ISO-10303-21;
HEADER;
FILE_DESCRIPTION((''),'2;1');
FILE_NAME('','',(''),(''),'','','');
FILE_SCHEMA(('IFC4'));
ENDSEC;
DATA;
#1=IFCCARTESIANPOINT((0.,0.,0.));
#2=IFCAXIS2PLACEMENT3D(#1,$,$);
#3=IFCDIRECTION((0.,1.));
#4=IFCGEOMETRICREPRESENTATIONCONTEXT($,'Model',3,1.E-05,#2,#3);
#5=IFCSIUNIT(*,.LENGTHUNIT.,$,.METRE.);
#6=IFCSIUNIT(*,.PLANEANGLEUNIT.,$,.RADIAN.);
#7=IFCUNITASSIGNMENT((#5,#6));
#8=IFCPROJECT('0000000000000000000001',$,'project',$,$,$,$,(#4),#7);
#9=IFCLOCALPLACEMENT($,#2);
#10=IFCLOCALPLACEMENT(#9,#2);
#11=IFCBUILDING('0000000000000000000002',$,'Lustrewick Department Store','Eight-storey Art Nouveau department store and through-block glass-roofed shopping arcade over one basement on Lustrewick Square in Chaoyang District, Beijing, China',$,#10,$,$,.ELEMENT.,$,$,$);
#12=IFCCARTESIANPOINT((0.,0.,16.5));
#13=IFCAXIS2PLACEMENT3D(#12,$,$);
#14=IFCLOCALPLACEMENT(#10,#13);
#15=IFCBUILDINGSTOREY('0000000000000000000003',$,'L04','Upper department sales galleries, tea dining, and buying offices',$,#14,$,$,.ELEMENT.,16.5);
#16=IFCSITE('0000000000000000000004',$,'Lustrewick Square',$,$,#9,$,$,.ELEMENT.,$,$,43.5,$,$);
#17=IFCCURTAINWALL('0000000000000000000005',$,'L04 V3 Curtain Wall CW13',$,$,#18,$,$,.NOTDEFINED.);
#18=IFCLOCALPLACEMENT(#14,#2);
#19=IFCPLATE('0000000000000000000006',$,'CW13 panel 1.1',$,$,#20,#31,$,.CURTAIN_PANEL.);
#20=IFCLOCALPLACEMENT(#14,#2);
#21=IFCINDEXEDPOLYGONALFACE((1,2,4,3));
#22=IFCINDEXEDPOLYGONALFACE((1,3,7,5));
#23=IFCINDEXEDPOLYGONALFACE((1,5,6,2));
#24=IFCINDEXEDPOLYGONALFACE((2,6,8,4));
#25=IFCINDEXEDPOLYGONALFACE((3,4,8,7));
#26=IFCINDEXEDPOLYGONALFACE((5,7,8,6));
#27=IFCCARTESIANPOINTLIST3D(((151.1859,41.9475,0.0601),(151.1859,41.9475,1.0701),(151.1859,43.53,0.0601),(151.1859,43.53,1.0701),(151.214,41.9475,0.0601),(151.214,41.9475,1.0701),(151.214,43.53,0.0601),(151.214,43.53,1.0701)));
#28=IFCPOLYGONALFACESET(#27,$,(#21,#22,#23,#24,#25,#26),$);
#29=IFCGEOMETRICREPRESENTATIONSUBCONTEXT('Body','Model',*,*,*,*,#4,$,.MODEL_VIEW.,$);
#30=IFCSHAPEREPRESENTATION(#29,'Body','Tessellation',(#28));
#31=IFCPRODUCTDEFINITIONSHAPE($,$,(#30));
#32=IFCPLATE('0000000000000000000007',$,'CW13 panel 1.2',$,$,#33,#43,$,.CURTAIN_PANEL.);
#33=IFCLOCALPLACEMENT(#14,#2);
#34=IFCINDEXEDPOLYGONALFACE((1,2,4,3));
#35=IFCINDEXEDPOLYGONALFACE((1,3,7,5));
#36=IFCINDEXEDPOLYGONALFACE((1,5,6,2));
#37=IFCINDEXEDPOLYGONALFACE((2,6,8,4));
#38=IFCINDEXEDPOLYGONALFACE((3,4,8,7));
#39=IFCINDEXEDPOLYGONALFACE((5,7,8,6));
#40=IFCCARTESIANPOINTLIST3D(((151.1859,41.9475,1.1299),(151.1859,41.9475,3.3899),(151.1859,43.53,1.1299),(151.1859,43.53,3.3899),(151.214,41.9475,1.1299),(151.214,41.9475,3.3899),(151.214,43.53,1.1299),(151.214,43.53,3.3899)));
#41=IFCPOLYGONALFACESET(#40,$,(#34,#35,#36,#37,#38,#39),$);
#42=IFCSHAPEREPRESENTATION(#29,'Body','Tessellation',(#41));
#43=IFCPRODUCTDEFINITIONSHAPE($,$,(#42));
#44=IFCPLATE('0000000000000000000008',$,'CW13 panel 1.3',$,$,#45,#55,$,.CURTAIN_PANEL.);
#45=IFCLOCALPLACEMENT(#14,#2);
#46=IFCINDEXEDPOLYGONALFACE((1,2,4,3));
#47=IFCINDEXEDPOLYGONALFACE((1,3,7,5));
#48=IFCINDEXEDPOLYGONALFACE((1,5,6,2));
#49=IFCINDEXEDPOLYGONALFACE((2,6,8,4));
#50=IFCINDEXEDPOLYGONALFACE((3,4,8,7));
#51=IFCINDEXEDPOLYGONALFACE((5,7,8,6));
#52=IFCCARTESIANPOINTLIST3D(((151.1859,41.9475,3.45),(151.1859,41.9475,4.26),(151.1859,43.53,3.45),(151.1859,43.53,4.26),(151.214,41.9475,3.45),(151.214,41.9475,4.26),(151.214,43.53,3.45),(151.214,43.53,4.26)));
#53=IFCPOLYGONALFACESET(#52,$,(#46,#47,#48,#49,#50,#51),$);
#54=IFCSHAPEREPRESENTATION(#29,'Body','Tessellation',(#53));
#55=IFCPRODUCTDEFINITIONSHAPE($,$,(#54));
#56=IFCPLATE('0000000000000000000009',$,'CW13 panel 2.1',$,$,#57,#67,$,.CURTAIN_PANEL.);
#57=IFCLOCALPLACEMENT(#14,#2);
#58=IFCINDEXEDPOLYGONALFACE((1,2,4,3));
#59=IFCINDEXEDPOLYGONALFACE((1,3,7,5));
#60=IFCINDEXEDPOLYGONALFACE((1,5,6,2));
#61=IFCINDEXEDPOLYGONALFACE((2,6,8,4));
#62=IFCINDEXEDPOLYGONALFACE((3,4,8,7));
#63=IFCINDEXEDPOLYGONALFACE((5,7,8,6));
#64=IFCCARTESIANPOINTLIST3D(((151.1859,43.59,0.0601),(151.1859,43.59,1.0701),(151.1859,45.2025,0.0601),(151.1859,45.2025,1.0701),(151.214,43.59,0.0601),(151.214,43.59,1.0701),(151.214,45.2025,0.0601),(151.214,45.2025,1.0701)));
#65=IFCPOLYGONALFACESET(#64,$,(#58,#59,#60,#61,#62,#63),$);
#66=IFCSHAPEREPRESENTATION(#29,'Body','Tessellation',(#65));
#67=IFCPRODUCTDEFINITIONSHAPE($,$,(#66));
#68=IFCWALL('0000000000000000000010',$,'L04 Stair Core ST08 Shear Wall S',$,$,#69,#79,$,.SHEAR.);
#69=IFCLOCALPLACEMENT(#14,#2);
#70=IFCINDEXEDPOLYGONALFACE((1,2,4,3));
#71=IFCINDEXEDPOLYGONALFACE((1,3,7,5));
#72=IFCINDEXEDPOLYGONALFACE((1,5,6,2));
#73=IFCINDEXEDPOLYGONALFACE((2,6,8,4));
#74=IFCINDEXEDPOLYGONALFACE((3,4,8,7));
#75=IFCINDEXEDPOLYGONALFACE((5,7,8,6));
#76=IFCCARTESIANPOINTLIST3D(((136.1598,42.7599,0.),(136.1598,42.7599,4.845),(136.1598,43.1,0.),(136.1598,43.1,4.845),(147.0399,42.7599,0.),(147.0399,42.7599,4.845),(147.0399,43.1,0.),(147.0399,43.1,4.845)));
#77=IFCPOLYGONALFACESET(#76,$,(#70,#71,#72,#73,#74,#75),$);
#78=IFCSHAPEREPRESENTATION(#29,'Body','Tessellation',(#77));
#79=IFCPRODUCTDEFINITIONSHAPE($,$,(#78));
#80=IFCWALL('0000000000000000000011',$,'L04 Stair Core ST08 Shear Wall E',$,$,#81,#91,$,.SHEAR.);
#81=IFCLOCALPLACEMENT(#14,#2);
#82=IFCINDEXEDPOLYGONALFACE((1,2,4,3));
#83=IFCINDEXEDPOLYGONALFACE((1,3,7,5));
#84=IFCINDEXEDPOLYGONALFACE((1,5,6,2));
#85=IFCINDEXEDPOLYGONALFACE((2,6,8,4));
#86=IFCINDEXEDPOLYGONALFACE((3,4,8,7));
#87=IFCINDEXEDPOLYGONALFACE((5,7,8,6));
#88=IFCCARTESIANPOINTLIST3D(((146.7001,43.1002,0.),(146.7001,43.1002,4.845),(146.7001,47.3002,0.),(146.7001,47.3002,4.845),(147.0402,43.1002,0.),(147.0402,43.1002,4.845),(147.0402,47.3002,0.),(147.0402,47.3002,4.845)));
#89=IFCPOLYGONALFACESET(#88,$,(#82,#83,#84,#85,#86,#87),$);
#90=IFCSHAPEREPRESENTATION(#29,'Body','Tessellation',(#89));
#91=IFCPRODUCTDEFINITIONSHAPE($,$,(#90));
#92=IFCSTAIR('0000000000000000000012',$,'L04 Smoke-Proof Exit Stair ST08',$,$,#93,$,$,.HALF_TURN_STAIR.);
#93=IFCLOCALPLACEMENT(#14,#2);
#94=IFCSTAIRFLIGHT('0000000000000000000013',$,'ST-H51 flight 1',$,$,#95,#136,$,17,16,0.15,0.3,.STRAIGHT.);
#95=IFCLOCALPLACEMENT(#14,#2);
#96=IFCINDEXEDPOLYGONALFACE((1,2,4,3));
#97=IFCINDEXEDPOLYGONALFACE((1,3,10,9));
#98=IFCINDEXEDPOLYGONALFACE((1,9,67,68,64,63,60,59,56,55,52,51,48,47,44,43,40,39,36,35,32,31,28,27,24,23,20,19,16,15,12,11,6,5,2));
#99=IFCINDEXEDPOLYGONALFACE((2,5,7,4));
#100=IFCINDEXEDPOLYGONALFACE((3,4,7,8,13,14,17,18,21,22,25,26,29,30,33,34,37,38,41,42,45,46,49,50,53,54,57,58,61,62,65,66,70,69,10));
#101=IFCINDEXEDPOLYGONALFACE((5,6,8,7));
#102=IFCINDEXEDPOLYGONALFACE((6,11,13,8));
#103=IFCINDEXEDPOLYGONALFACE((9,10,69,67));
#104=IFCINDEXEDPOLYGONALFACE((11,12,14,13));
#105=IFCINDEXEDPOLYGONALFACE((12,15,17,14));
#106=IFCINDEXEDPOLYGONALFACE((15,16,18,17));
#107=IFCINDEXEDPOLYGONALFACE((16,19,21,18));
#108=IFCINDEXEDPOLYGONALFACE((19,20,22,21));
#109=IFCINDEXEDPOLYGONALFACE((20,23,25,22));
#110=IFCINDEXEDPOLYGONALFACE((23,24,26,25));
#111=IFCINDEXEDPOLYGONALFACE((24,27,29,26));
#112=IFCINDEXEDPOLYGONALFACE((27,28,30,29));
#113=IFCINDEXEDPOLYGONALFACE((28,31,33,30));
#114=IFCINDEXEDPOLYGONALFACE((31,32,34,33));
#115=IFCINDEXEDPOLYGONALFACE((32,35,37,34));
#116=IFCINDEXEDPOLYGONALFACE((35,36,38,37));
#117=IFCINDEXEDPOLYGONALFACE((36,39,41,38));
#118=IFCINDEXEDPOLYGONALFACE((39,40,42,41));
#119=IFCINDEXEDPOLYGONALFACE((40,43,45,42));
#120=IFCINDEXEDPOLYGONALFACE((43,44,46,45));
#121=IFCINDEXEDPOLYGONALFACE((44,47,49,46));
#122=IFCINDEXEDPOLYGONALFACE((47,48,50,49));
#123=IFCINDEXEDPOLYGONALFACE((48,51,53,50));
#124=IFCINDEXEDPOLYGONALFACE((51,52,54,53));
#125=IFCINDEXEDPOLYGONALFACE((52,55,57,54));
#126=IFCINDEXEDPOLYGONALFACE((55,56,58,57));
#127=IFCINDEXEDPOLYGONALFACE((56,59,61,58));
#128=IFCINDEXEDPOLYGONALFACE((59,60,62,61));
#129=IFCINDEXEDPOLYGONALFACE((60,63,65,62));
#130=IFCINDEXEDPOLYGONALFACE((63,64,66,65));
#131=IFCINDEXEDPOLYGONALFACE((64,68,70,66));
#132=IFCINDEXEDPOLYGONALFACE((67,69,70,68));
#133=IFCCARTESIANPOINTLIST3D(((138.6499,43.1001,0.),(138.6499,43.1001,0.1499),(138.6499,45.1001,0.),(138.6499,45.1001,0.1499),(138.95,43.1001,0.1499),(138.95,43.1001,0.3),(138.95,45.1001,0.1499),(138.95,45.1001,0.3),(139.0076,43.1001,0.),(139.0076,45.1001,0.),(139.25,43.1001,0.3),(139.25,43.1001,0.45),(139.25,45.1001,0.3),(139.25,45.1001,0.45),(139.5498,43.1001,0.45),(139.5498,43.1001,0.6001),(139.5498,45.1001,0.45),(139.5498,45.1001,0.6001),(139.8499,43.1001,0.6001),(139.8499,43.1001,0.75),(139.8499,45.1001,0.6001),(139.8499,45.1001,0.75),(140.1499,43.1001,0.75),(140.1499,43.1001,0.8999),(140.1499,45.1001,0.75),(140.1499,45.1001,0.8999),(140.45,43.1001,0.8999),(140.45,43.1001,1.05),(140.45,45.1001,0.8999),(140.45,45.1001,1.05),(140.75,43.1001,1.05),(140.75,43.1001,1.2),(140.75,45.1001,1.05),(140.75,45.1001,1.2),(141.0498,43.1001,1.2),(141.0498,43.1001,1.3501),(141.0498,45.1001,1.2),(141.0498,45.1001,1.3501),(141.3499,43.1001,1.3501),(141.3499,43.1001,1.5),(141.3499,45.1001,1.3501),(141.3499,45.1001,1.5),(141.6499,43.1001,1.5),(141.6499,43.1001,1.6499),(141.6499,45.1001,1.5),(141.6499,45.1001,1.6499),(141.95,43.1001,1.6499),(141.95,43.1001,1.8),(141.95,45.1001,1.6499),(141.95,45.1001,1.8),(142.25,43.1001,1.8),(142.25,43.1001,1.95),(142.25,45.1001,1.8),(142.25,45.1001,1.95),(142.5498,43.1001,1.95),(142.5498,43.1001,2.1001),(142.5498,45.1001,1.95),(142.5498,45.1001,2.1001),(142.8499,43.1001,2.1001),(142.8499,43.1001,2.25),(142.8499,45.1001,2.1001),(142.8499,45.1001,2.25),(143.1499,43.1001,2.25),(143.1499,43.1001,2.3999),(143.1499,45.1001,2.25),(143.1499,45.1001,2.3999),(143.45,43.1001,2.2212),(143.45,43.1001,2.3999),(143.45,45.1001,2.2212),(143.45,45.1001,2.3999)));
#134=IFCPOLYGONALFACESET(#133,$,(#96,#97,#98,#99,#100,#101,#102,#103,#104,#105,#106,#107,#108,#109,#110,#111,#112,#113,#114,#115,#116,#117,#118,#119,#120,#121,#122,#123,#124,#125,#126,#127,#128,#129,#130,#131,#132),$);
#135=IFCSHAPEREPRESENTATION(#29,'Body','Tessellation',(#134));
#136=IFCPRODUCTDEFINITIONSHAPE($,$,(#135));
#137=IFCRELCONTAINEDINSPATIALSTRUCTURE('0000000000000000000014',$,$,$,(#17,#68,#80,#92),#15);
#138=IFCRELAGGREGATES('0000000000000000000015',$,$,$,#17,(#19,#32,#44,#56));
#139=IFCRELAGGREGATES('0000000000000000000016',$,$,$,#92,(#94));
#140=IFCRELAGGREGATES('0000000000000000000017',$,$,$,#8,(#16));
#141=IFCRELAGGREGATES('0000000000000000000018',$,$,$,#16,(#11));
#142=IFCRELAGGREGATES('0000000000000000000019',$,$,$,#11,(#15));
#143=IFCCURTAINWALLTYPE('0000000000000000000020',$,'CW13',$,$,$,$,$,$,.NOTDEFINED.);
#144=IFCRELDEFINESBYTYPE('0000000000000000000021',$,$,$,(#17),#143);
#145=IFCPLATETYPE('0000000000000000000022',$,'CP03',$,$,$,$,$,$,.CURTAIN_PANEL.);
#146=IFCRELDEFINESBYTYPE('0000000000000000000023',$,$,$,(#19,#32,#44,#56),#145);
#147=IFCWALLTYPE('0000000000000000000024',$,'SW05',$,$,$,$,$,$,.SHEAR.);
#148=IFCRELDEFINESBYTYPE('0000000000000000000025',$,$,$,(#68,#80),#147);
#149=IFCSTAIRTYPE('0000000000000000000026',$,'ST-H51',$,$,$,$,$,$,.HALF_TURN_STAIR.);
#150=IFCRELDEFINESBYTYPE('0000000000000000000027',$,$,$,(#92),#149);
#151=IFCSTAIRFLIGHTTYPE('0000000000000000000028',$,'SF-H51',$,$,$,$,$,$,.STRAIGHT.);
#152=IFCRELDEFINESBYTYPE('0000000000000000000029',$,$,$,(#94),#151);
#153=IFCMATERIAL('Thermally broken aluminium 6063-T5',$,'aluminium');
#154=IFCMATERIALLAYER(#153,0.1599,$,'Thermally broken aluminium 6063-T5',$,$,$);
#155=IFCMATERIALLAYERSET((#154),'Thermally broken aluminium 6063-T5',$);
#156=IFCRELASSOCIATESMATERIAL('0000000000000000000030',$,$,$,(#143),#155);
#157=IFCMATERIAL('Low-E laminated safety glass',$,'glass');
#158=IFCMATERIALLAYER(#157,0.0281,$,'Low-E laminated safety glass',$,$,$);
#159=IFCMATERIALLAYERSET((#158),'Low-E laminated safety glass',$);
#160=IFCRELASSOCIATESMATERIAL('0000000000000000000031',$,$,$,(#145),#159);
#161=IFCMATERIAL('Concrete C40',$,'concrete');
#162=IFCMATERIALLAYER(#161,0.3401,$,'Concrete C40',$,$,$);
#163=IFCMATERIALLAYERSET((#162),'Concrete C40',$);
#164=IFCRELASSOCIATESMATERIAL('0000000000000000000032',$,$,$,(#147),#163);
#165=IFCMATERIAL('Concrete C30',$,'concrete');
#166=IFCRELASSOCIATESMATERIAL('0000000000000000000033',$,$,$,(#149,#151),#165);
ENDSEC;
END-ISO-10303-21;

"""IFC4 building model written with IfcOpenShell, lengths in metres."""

from ifc_helpers import new_model, si_unit, direction, frame, frame_2d, origin, origin_2d, place, context, subcontext, project, spatial, polyline, rectangle, outline, extrude, material, layer, layer_set, type_object, element, aggregate, save


model = new_model("IFC4")

# Units and contexts
model_context = context("Model", 3, precision=1e-05, world=origin(), true_north=direction((0.0, 1.0)))
body_context = subcontext(model_context, "Body", "Model", "MODEL_VIEW")
ifc_project = project(units=[si_unit("LENGTHUNIT", "METRE"), si_unit("PLANEANGLEUNIT", "RADIAN")], contexts=[model_context])

# Site, building, storey
site_placement = place(None, origin())
site = spatial("IfcSite", under=ifc_project, at=site_placement, Name="Lustrewick Square", CompositionType="ELEMENT", RefElevation=43.5)
building_placement = place(site_placement, origin())
building = spatial("IfcBuilding", under=site, at=building_placement, Name="Lustrewick Department Store", Description="Eight-storey Art Nouveau department store and through-block glass-roofed shopping arcade over one basement on Lustrewick Square in Chaoyang District, Beijing, China", CompositionType="ELEMENT")
storey_placement = place(building_placement, frame((0.0, 0.0, 16.5)))
storey = spatial("IfcBuildingStorey", under=building, at=storey_placement, Name="L04", Description="Upper department sales galleries, tea dining, and buying offices", CompositionType="ELEMENT", Elevation=16.5)

# Curtain wall
ifc_material_1 = material(Name="Thermally broken aluminium 6063-T5", Category="aluminium")
ifc_layer_1 = layer(ifc_material_1, 0.1599, Name="Thermally broken aluminium 6063-T5")
ifc_layer_set_1 = layer_set([ifc_layer_1], Name="Thermally broken aluminium 6063-T5")
curtain_wall_type = type_object("IfcCurtainWallType", Name="CW13", PredefinedType="NOTDEFINED", material=ifc_layer_set_1)
curtain_wall_placement = place(storey_placement, origin())
curtain_wall = element("IfcCurtainWall", 1, at=curtain_wall_placement, inside=storey, type_object=curtain_wall_type, Name="L04 V3 Curtain Wall CW13", PredefinedType="NOTDEFINED")

# Plates
ifc_material_2 = material(Name="Low-E laminated safety glass", Category="glass")
ifc_layer_2 = layer(ifc_material_2, 0.0281, Name="Low-E laminated safety glass")
ifc_layer_set_2 = layer_set([ifc_layer_2], Name="Low-E laminated safety glass")
plate_type = type_object("IfcPlateType", Name="CP03", PredefinedType="CURTAIN_PANEL", material=ifc_layer_set_2)
plate_1_placement = place(storey_placement, frame((151.2, 42.7388, 0.0601), z_axis=(0.0, 0.0, 1.0), x_axis=(0.0, 1.0, 0.0)))
plate_1 = element("IfcPlate", 2, at=plate_1_placement, type_object=plate_type, Name="CW13 panel 1.1", PredefinedType="CURTAIN_PANEL", context=body_context, shape_type="SweptSolid", body=[
    extrude(rectangle(XDim=1.5825, YDim=0.0281, at=origin_2d()), origin(), (0.0, 0.0, 1.0), 1.01),
])
plate_2_placement = place(storey_placement, frame((151.2, 42.7388, 1.1299), z_axis=(0.0, 0.0, 1.0), x_axis=(0.0, 1.0, 0.0)))
plate_2 = element("IfcPlate", 3, at=plate_2_placement, type_object=plate_type, Name="CW13 panel 1.2", PredefinedType="CURTAIN_PANEL", context=body_context, shape_type="SweptSolid", body=[
    extrude(rectangle(XDim=1.5825, YDim=0.0281, at=origin_2d()), origin(), (0.0, 0.0, 1.0), 2.26),
])
plate_3_placement = place(storey_placement, frame((151.2, 42.7388, 3.45), z_axis=(0.0, 0.0, 1.0), x_axis=(0.0, 1.0, 0.0)))
plate_3 = element("IfcPlate", 4, at=plate_3_placement, type_object=plate_type, Name="CW13 panel 1.3", PredefinedType="CURTAIN_PANEL", context=body_context, shape_type="SweptSolid", body=[
    extrude(rectangle(XDim=1.5825, YDim=0.0281, at=origin_2d()), origin(), (0.0, 0.0, 1.0), 0.8101),
])
plate_4_placement = place(storey_placement, frame((151.2, 44.3962, 0.0601), z_axis=(0.0, 0.0, 1.0), x_axis=(0.0, 1.0, 0.0)))
plate_4 = element("IfcPlate", 5, at=plate_4_placement, type_object=plate_type, Name="CW13 panel 2.1", PredefinedType="CURTAIN_PANEL", context=body_context, shape_type="SweptSolid", body=[
    extrude(rectangle(XDim=1.6125, YDim=0.0281, at=origin_2d()), origin(), (0.0, 0.0, 1.0), 1.01),
])
aggregate(curtain_wall, [plate_1, plate_2, plate_3, plate_4])

# Walls
ifc_material_3 = material(Name="Concrete C40", Category="concrete")
ifc_layer_3 = layer(ifc_material_3, 0.3401, Name="Concrete C40")
ifc_layer_set_3 = layer_set([ifc_layer_3], Name="Concrete C40")
wall_type = type_object("IfcWallType", Name="SW05", PredefinedType="SHEAR", material=ifc_layer_set_3)
wall_1_placement = place(storey_placement, frame((136.1599, 42.9299, 0.0), z_axis=(0.0, 0.0, 1.0), x_axis=(1.0, 0.0, 0.0)))
element("IfcWall", 6, at=wall_1_placement, inside=storey, type_object=wall_type, Name="L04 Stair Core ST08 Shear Wall S", PredefinedType="SHEAR", context=body_context, shape_type="SweptSolid", body=[
    extrude(rectangle(XDim=10.8801, YDim=0.3401, at=frame_2d((5.4399, 0.0))), origin(), (0.0, 0.0, 1.0), 4.845),
])
wall_2_placement = place(storey_placement, frame((146.8701, 43.1001, 0.0), z_axis=(0.0, 0.0, 1.0), x_axis=(0.0, 1.0, 0.0)))
element("IfcWall", 7, at=wall_2_placement, inside=storey, type_object=wall_type, Name="L04 Stair Core ST08 Shear Wall E", PredefinedType="SHEAR", context=body_context, shape_type="SweptSolid", body=[
    extrude(rectangle(XDim=4.2, YDim=0.3401, at=frame_2d((2.1001, 0.0))), origin(), (0.0, 0.0, 1.0), 4.845),
])

# Stair, stair flight
ifc_material_4 = material(Name="Concrete C30", Category="concrete")
stair_type = type_object("IfcStairType", Name="ST-H51", PredefinedType="HALF_TURN_STAIR", material=ifc_material_4)
stair_placement = place(storey_placement, origin())
stair = element("IfcStair", 8, at=stair_placement, inside=storey, type_object=stair_type, Name="L04 Smoke-Proof Exit Stair ST08", PredefinedType="HALF_TURN_STAIR")
stair_flight_type = type_object("IfcStairFlightType", Name="SF-H51", PredefinedType="STRAIGHT", material=ifc_material_4)
stair_flight_placement = place(storey_placement, frame((138.6499, 44.1001, 0.0), z_axis=(0.0, 0.0, 1.0), x_axis=(1.0, 0.0, 0.0)))
stair_flight = element("IfcStairFlight", 9, at=stair_flight_placement, type_object=stair_flight_type, Name="ST-H51 flight 1", NumberOfRisers=17, NumberOfTreads=16, PredefinedType="STRAIGHT", RiserHeight=0.15, TreadLength=0.3, context=body_context, shape_type="SweptSolid", body=[
    extrude(outline(polyline([(0.0, 0.0), (0.0, 0.1499), (0.3, 0.1499), (0.3, 0.3), (0.6001, 0.3), (0.6001, 0.45), (0.8999, 0.45), (0.8999, 0.6001), (1.2, 0.6001), (1.2, 0.75), (1.5, 0.75), (1.5, 0.8999), (1.8, 0.8999), (1.8, 1.05), (2.1001, 1.05), (2.1001, 1.2), (2.3999, 1.2), (2.3999, 1.3501), (2.7, 1.3501), (2.7, 1.5), (3.0, 1.5), (3.0, 1.6499), (3.3, 1.6499), (3.3, 1.8), (3.6001, 1.8), (3.6001, 1.95), (3.8999, 1.95), (3.8999, 2.1001), (4.2, 2.1001), (4.2, 2.25), (4.5, 2.25), (4.5, 2.3999), (4.8, 2.3999), (4.8, 2.55), (4.8, 2.2212), (0.3577, 0.0), (0.0, 0.0)])), frame((0.0, 1.0, 0.0), z_axis=(0.0, -1.0, 0.0), x_axis=(1.0, 0.0, 0.0)), (0.0, 0.0, 1.0), 2.0),
])
aggregate(stair, [stair_flight])

save(model, "model.ifc")
